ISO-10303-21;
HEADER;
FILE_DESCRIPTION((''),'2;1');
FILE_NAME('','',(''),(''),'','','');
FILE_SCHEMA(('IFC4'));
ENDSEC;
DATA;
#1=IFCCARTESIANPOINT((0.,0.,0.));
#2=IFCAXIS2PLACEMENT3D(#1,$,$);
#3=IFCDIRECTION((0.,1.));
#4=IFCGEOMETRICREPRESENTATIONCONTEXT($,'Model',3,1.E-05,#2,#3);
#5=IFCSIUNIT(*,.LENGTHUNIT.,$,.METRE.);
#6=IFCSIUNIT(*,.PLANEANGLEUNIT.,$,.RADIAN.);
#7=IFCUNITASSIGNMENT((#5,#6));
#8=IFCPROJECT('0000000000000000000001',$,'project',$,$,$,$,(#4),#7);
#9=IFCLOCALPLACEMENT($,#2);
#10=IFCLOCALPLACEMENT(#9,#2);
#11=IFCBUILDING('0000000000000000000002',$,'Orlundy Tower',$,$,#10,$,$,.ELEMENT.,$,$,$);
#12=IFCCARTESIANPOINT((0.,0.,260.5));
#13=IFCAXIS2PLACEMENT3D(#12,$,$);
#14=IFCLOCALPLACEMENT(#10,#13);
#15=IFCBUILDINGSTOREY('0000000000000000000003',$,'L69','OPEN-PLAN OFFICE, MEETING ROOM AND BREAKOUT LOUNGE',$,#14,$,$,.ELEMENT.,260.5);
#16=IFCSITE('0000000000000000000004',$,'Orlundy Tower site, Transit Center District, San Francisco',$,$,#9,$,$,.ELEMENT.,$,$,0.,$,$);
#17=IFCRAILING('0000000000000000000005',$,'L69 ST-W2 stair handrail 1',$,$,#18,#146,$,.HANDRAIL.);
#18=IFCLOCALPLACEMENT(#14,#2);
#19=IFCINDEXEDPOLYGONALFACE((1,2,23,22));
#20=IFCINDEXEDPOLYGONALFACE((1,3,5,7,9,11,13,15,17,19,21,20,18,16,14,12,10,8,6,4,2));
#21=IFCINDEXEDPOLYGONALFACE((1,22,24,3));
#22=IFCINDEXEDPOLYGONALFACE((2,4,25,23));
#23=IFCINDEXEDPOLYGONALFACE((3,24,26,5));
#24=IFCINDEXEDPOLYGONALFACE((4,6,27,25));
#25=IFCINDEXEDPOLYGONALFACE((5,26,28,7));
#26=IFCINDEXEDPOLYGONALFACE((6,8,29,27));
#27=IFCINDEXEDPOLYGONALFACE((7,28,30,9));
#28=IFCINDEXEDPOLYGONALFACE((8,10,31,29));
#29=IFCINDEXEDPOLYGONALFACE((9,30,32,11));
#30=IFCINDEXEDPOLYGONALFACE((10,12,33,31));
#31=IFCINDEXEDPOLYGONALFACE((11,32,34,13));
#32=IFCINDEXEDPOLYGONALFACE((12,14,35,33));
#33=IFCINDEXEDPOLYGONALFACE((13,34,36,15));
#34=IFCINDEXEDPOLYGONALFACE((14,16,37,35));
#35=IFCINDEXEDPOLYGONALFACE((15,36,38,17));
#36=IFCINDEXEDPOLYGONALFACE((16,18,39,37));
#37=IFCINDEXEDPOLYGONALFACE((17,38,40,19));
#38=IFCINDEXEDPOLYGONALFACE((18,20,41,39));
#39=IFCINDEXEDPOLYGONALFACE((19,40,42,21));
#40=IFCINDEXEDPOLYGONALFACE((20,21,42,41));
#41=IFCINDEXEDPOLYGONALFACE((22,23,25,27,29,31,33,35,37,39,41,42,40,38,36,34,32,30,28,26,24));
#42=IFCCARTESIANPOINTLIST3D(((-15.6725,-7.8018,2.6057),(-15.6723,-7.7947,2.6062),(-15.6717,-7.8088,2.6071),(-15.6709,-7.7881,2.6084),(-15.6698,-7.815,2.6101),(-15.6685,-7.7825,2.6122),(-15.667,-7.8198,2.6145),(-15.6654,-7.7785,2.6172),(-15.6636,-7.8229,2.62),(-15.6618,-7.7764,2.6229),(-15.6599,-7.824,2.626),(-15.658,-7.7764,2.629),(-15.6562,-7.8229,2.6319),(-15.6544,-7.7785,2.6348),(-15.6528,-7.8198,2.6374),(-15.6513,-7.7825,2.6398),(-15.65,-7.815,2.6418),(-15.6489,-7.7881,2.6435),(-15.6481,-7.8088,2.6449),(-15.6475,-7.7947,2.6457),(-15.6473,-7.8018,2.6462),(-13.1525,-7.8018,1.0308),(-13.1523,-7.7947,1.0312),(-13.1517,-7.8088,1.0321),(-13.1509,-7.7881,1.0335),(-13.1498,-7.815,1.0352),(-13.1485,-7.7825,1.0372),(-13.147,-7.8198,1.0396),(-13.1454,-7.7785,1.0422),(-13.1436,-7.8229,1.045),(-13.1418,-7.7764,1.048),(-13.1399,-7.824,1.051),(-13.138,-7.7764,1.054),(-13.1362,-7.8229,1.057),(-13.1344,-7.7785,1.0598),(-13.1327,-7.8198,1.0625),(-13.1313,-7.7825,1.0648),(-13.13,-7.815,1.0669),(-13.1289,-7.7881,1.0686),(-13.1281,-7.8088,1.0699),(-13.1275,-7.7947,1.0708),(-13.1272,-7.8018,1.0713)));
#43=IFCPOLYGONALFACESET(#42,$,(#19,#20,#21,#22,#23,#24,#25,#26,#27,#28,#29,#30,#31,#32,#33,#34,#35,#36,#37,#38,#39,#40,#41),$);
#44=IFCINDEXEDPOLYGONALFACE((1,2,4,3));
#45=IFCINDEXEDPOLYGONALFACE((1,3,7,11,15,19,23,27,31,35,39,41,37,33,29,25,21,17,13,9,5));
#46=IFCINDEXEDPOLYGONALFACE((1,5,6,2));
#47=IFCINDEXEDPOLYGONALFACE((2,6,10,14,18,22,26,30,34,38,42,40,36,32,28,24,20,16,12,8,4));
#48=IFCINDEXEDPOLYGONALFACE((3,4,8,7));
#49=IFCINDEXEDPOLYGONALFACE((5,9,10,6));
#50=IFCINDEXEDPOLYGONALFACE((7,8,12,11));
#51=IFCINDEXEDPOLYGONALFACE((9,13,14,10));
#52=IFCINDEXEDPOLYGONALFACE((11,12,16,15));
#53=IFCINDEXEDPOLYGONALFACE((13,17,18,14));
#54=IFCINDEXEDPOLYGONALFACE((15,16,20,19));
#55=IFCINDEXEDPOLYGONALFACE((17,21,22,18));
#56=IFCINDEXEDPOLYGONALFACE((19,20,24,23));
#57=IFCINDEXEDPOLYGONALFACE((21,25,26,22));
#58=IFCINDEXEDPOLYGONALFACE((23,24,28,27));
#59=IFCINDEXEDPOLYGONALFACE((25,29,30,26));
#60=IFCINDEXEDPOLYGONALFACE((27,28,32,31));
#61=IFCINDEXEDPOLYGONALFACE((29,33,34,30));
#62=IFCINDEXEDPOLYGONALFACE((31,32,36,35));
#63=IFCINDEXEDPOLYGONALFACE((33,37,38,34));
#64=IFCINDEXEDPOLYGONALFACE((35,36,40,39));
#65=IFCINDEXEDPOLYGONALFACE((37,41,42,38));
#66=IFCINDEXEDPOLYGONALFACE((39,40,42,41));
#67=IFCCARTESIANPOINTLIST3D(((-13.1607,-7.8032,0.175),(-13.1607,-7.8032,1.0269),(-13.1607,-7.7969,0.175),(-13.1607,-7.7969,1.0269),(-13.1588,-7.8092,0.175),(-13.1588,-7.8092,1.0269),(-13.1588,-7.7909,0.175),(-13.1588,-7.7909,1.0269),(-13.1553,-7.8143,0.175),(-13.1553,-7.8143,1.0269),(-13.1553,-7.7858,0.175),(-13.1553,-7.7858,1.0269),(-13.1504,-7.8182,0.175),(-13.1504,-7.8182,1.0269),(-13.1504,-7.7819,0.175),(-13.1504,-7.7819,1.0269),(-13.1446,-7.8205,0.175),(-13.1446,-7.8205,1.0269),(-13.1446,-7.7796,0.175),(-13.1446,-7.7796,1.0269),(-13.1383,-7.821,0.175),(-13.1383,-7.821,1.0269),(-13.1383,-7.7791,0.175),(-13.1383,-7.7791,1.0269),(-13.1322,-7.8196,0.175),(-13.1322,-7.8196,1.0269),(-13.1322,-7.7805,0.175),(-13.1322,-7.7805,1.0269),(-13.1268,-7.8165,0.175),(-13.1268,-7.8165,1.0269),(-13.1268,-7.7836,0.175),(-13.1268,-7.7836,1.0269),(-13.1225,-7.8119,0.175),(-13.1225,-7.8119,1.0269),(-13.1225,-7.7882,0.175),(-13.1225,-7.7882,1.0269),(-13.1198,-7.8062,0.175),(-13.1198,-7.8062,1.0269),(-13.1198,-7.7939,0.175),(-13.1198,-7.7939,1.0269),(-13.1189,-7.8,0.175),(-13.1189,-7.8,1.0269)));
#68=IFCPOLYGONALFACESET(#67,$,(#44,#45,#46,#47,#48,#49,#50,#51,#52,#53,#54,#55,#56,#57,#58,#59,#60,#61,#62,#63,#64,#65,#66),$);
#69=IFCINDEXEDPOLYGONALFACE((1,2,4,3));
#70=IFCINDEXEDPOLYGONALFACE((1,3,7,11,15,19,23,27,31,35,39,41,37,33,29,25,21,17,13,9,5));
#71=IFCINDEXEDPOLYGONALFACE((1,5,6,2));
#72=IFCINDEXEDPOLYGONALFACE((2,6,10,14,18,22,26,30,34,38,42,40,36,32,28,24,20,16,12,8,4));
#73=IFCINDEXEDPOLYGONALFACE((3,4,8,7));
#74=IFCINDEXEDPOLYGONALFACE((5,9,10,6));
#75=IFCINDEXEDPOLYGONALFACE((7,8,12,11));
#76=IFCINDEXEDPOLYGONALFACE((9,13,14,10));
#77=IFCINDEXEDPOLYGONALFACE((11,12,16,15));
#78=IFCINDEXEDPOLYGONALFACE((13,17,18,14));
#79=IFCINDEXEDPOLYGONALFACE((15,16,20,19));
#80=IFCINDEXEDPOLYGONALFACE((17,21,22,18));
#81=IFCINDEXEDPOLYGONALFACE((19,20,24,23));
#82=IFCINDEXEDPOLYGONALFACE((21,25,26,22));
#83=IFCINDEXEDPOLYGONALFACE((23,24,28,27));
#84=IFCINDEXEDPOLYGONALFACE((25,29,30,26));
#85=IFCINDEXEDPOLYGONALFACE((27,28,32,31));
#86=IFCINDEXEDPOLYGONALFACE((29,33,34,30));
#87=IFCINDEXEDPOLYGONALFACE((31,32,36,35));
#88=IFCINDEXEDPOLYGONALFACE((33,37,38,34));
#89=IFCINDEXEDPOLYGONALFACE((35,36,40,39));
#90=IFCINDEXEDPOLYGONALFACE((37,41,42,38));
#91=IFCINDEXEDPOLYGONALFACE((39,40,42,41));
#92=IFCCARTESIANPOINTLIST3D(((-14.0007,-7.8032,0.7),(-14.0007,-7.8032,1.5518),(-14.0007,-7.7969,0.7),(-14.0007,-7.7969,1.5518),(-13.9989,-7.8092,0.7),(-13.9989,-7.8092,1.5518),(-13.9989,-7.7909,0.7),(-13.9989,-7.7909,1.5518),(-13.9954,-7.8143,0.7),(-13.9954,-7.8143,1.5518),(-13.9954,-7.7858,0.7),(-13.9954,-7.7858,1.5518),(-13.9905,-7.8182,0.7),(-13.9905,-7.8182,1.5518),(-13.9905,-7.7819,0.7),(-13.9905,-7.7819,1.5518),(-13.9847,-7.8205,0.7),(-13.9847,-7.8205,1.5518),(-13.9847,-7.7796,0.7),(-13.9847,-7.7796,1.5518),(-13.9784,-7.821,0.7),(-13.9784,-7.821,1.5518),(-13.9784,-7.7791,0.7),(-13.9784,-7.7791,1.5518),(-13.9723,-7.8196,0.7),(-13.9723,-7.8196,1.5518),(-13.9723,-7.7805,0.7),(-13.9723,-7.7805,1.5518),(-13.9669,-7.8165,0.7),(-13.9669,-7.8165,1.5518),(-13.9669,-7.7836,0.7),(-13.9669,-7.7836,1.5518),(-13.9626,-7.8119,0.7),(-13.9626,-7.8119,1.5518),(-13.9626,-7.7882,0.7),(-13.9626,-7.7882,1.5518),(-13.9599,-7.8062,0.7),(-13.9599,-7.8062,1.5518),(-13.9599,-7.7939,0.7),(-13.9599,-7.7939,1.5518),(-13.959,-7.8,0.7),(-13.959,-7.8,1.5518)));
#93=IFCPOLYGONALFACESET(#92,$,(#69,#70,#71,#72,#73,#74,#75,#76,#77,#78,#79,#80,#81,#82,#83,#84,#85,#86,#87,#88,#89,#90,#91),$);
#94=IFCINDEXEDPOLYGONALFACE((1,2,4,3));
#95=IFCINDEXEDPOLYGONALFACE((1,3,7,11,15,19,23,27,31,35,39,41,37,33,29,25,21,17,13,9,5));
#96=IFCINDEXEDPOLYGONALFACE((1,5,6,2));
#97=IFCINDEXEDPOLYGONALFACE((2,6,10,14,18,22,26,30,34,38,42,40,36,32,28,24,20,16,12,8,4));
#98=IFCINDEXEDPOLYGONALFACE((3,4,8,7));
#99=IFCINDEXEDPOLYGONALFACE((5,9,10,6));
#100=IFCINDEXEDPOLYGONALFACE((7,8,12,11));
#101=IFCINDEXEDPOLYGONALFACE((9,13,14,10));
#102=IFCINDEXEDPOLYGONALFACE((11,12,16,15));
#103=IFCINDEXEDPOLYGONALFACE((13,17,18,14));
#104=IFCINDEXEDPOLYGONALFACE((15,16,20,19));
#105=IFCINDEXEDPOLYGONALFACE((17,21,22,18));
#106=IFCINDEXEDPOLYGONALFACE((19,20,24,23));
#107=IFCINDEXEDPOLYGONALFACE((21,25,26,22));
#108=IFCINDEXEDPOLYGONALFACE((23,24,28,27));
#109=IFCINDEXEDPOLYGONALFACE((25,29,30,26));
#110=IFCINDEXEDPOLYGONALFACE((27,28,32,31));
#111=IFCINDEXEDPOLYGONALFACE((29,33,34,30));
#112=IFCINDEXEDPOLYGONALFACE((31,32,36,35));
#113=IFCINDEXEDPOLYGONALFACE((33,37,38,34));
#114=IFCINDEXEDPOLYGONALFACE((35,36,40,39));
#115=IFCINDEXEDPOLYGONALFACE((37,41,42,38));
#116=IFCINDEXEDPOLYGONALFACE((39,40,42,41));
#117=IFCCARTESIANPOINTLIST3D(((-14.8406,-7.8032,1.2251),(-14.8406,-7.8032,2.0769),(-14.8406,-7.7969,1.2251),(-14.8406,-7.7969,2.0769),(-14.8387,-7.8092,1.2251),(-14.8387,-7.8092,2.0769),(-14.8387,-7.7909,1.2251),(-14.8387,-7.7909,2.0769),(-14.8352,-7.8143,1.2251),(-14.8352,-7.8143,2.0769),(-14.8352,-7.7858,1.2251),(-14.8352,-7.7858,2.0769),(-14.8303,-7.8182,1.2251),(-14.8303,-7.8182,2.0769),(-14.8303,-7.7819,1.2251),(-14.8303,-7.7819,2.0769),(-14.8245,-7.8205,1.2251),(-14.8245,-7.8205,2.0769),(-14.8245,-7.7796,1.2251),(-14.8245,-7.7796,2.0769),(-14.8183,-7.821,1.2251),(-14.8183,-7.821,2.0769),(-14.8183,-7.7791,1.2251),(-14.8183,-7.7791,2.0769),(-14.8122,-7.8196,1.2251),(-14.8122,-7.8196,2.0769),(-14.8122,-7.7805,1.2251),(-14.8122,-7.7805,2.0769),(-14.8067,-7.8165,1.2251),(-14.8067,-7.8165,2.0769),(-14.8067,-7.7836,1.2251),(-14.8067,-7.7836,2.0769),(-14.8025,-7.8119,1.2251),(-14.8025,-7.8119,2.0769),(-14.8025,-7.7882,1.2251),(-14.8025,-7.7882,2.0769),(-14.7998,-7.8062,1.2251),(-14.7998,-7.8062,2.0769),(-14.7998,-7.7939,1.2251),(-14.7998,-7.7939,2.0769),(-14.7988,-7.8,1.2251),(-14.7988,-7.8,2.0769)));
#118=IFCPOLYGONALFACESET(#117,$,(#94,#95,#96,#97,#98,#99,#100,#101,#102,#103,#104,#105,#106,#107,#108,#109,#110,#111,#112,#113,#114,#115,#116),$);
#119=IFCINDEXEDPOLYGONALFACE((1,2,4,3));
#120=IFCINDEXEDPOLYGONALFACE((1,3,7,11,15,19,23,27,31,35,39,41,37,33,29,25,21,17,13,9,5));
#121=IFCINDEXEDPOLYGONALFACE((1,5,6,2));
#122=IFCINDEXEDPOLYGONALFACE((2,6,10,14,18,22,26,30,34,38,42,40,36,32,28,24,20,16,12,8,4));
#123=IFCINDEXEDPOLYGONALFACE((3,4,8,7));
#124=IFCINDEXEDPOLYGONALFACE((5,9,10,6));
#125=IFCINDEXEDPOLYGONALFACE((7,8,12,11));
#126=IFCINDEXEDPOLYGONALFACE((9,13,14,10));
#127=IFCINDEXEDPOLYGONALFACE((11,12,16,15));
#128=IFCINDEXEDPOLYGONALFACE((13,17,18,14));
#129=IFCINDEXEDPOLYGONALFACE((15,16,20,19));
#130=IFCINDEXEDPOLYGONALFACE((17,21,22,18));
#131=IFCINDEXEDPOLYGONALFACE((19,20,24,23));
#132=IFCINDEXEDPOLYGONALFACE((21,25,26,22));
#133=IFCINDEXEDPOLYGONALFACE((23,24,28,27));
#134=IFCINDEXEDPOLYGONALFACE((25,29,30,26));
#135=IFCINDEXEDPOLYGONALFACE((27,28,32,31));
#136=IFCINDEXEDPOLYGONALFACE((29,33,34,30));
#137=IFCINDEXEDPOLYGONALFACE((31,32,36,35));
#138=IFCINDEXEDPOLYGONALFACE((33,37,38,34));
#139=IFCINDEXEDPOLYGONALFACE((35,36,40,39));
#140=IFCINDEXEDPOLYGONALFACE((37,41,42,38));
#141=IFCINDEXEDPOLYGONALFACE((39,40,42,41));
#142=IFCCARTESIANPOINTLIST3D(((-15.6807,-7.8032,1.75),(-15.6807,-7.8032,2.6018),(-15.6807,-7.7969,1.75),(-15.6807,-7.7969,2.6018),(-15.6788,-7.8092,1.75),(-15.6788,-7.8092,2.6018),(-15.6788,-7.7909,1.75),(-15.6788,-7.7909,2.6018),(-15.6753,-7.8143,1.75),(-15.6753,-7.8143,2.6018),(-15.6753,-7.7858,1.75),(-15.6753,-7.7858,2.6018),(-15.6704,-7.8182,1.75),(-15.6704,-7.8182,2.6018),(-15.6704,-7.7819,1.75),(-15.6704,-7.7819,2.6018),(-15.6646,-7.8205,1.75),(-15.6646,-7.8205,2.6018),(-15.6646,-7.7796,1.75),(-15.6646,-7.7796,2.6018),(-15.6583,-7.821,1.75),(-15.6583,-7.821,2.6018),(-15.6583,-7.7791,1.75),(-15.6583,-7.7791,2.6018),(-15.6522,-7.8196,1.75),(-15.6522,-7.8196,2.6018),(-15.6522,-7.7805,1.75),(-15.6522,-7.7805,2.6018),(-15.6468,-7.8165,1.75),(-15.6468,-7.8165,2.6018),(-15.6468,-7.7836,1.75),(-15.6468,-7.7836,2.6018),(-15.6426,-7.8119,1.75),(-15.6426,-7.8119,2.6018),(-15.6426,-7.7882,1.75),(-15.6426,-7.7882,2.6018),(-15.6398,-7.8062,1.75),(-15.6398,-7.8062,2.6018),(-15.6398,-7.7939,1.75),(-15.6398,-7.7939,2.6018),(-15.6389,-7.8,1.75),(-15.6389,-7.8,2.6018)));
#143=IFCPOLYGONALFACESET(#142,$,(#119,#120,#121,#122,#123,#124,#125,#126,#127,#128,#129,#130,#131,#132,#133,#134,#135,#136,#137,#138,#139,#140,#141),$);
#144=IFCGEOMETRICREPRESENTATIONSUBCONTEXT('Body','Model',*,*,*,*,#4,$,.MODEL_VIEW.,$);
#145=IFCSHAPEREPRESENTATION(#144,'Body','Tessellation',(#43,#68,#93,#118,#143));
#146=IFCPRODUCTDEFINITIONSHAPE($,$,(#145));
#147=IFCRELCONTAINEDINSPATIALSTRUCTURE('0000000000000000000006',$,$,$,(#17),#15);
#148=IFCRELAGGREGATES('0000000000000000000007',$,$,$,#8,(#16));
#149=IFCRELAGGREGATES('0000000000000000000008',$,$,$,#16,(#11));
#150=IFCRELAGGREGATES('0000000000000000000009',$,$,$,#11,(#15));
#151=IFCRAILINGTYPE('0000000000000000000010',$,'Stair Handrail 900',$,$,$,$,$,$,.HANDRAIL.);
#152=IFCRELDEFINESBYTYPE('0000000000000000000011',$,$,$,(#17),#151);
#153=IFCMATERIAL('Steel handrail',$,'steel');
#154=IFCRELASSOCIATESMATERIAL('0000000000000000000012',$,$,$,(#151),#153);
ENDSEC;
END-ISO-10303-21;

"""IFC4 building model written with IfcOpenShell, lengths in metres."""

from ifc_helpers import new_model, si_unit, direction, frame, origin, origin_2d, place, context, subcontext, project, spatial, circle, extrude, material, type_object, element, save


model = new_model("IFC4")

# Units and contexts
model_context = context("Model", 3, precision=1e-05, world=origin(), true_north=direction((0.0, 1.0)))
body_context = subcontext(model_context, "Body", "Model", "MODEL_VIEW")
ifc_project = project(units=[si_unit("LENGTHUNIT", "METRE"), si_unit("PLANEANGLEUNIT", "RADIAN")], contexts=[model_context])

# Site, building, storey
site_placement = place(None, origin())
site = spatial("IfcSite", under=ifc_project, at=site_placement, Name="Orlundy Tower site, Transit Center District, San Francisco", CompositionType="ELEMENT", RefElevation=0.0)
building_placement = place(site_placement, origin())
building = spatial("IfcBuilding", under=site, at=building_placement, Name="Orlundy Tower", CompositionType="ELEMENT")
storey_placement = place(building_placement, frame((0.0, 0.0, 260.5)))
storey = spatial("IfcBuildingStorey", under=building, at=storey_placement, Name="L69", Description="OPEN-PLAN OFFICE, MEETING ROOM AND BREAKOUT LOUNGE", CompositionType="ELEMENT", Elevation=260.5)

# Railing
ifc_material_1 = material(Name="Steel handrail", Category="steel")
railing_type_1 = type_object("IfcRailingType", Name="Stair Handrail 900", PredefinedType="HANDRAIL", material=ifc_material_1)
railing_1_placement = place(storey_placement, frame((-13.1399, -7.8, 0.175)))
element("IfcRailing", 1, at=railing_1_placement, inside=storey, type_object=railing_type_1, Name="L69 ST-W2 stair handrail 1", PredefinedType="HANDRAIL", context=body_context, shape_type="SweptSolid", body=[
    extrude(circle(Radius=0.0239, at=origin_2d()), frame((0.0, 0.0, 0.876), z_axis=(-0.848008, 0.0, 0.529984), x_axis=(0.0, -1.0, 0.0)), (0.0, 0.0, 1.0), 2.9717),
    extrude(circle(Radius=0.021, at=origin_2d()), origin(), (0.0, 0.0, 1.0), 0.8518),
    extrude(circle(Radius=0.021, at=origin_2d()), frame((-0.8401, 0.0, 0.5249)), (0.0, 0.0, 1.0), 0.8518),
    extrude(circle(Radius=0.021, at=origin_2d()), frame((-1.6799, 0.0, 1.05)), (0.0, 0.0, 1.0), 0.8518),
    extrude(circle(Radius=0.021, at=origin_2d()), frame((-2.52, 0.0, 1.575)), (0.0, 0.0, 1.0), 0.8518),
])

save(model, "model.ifc")
